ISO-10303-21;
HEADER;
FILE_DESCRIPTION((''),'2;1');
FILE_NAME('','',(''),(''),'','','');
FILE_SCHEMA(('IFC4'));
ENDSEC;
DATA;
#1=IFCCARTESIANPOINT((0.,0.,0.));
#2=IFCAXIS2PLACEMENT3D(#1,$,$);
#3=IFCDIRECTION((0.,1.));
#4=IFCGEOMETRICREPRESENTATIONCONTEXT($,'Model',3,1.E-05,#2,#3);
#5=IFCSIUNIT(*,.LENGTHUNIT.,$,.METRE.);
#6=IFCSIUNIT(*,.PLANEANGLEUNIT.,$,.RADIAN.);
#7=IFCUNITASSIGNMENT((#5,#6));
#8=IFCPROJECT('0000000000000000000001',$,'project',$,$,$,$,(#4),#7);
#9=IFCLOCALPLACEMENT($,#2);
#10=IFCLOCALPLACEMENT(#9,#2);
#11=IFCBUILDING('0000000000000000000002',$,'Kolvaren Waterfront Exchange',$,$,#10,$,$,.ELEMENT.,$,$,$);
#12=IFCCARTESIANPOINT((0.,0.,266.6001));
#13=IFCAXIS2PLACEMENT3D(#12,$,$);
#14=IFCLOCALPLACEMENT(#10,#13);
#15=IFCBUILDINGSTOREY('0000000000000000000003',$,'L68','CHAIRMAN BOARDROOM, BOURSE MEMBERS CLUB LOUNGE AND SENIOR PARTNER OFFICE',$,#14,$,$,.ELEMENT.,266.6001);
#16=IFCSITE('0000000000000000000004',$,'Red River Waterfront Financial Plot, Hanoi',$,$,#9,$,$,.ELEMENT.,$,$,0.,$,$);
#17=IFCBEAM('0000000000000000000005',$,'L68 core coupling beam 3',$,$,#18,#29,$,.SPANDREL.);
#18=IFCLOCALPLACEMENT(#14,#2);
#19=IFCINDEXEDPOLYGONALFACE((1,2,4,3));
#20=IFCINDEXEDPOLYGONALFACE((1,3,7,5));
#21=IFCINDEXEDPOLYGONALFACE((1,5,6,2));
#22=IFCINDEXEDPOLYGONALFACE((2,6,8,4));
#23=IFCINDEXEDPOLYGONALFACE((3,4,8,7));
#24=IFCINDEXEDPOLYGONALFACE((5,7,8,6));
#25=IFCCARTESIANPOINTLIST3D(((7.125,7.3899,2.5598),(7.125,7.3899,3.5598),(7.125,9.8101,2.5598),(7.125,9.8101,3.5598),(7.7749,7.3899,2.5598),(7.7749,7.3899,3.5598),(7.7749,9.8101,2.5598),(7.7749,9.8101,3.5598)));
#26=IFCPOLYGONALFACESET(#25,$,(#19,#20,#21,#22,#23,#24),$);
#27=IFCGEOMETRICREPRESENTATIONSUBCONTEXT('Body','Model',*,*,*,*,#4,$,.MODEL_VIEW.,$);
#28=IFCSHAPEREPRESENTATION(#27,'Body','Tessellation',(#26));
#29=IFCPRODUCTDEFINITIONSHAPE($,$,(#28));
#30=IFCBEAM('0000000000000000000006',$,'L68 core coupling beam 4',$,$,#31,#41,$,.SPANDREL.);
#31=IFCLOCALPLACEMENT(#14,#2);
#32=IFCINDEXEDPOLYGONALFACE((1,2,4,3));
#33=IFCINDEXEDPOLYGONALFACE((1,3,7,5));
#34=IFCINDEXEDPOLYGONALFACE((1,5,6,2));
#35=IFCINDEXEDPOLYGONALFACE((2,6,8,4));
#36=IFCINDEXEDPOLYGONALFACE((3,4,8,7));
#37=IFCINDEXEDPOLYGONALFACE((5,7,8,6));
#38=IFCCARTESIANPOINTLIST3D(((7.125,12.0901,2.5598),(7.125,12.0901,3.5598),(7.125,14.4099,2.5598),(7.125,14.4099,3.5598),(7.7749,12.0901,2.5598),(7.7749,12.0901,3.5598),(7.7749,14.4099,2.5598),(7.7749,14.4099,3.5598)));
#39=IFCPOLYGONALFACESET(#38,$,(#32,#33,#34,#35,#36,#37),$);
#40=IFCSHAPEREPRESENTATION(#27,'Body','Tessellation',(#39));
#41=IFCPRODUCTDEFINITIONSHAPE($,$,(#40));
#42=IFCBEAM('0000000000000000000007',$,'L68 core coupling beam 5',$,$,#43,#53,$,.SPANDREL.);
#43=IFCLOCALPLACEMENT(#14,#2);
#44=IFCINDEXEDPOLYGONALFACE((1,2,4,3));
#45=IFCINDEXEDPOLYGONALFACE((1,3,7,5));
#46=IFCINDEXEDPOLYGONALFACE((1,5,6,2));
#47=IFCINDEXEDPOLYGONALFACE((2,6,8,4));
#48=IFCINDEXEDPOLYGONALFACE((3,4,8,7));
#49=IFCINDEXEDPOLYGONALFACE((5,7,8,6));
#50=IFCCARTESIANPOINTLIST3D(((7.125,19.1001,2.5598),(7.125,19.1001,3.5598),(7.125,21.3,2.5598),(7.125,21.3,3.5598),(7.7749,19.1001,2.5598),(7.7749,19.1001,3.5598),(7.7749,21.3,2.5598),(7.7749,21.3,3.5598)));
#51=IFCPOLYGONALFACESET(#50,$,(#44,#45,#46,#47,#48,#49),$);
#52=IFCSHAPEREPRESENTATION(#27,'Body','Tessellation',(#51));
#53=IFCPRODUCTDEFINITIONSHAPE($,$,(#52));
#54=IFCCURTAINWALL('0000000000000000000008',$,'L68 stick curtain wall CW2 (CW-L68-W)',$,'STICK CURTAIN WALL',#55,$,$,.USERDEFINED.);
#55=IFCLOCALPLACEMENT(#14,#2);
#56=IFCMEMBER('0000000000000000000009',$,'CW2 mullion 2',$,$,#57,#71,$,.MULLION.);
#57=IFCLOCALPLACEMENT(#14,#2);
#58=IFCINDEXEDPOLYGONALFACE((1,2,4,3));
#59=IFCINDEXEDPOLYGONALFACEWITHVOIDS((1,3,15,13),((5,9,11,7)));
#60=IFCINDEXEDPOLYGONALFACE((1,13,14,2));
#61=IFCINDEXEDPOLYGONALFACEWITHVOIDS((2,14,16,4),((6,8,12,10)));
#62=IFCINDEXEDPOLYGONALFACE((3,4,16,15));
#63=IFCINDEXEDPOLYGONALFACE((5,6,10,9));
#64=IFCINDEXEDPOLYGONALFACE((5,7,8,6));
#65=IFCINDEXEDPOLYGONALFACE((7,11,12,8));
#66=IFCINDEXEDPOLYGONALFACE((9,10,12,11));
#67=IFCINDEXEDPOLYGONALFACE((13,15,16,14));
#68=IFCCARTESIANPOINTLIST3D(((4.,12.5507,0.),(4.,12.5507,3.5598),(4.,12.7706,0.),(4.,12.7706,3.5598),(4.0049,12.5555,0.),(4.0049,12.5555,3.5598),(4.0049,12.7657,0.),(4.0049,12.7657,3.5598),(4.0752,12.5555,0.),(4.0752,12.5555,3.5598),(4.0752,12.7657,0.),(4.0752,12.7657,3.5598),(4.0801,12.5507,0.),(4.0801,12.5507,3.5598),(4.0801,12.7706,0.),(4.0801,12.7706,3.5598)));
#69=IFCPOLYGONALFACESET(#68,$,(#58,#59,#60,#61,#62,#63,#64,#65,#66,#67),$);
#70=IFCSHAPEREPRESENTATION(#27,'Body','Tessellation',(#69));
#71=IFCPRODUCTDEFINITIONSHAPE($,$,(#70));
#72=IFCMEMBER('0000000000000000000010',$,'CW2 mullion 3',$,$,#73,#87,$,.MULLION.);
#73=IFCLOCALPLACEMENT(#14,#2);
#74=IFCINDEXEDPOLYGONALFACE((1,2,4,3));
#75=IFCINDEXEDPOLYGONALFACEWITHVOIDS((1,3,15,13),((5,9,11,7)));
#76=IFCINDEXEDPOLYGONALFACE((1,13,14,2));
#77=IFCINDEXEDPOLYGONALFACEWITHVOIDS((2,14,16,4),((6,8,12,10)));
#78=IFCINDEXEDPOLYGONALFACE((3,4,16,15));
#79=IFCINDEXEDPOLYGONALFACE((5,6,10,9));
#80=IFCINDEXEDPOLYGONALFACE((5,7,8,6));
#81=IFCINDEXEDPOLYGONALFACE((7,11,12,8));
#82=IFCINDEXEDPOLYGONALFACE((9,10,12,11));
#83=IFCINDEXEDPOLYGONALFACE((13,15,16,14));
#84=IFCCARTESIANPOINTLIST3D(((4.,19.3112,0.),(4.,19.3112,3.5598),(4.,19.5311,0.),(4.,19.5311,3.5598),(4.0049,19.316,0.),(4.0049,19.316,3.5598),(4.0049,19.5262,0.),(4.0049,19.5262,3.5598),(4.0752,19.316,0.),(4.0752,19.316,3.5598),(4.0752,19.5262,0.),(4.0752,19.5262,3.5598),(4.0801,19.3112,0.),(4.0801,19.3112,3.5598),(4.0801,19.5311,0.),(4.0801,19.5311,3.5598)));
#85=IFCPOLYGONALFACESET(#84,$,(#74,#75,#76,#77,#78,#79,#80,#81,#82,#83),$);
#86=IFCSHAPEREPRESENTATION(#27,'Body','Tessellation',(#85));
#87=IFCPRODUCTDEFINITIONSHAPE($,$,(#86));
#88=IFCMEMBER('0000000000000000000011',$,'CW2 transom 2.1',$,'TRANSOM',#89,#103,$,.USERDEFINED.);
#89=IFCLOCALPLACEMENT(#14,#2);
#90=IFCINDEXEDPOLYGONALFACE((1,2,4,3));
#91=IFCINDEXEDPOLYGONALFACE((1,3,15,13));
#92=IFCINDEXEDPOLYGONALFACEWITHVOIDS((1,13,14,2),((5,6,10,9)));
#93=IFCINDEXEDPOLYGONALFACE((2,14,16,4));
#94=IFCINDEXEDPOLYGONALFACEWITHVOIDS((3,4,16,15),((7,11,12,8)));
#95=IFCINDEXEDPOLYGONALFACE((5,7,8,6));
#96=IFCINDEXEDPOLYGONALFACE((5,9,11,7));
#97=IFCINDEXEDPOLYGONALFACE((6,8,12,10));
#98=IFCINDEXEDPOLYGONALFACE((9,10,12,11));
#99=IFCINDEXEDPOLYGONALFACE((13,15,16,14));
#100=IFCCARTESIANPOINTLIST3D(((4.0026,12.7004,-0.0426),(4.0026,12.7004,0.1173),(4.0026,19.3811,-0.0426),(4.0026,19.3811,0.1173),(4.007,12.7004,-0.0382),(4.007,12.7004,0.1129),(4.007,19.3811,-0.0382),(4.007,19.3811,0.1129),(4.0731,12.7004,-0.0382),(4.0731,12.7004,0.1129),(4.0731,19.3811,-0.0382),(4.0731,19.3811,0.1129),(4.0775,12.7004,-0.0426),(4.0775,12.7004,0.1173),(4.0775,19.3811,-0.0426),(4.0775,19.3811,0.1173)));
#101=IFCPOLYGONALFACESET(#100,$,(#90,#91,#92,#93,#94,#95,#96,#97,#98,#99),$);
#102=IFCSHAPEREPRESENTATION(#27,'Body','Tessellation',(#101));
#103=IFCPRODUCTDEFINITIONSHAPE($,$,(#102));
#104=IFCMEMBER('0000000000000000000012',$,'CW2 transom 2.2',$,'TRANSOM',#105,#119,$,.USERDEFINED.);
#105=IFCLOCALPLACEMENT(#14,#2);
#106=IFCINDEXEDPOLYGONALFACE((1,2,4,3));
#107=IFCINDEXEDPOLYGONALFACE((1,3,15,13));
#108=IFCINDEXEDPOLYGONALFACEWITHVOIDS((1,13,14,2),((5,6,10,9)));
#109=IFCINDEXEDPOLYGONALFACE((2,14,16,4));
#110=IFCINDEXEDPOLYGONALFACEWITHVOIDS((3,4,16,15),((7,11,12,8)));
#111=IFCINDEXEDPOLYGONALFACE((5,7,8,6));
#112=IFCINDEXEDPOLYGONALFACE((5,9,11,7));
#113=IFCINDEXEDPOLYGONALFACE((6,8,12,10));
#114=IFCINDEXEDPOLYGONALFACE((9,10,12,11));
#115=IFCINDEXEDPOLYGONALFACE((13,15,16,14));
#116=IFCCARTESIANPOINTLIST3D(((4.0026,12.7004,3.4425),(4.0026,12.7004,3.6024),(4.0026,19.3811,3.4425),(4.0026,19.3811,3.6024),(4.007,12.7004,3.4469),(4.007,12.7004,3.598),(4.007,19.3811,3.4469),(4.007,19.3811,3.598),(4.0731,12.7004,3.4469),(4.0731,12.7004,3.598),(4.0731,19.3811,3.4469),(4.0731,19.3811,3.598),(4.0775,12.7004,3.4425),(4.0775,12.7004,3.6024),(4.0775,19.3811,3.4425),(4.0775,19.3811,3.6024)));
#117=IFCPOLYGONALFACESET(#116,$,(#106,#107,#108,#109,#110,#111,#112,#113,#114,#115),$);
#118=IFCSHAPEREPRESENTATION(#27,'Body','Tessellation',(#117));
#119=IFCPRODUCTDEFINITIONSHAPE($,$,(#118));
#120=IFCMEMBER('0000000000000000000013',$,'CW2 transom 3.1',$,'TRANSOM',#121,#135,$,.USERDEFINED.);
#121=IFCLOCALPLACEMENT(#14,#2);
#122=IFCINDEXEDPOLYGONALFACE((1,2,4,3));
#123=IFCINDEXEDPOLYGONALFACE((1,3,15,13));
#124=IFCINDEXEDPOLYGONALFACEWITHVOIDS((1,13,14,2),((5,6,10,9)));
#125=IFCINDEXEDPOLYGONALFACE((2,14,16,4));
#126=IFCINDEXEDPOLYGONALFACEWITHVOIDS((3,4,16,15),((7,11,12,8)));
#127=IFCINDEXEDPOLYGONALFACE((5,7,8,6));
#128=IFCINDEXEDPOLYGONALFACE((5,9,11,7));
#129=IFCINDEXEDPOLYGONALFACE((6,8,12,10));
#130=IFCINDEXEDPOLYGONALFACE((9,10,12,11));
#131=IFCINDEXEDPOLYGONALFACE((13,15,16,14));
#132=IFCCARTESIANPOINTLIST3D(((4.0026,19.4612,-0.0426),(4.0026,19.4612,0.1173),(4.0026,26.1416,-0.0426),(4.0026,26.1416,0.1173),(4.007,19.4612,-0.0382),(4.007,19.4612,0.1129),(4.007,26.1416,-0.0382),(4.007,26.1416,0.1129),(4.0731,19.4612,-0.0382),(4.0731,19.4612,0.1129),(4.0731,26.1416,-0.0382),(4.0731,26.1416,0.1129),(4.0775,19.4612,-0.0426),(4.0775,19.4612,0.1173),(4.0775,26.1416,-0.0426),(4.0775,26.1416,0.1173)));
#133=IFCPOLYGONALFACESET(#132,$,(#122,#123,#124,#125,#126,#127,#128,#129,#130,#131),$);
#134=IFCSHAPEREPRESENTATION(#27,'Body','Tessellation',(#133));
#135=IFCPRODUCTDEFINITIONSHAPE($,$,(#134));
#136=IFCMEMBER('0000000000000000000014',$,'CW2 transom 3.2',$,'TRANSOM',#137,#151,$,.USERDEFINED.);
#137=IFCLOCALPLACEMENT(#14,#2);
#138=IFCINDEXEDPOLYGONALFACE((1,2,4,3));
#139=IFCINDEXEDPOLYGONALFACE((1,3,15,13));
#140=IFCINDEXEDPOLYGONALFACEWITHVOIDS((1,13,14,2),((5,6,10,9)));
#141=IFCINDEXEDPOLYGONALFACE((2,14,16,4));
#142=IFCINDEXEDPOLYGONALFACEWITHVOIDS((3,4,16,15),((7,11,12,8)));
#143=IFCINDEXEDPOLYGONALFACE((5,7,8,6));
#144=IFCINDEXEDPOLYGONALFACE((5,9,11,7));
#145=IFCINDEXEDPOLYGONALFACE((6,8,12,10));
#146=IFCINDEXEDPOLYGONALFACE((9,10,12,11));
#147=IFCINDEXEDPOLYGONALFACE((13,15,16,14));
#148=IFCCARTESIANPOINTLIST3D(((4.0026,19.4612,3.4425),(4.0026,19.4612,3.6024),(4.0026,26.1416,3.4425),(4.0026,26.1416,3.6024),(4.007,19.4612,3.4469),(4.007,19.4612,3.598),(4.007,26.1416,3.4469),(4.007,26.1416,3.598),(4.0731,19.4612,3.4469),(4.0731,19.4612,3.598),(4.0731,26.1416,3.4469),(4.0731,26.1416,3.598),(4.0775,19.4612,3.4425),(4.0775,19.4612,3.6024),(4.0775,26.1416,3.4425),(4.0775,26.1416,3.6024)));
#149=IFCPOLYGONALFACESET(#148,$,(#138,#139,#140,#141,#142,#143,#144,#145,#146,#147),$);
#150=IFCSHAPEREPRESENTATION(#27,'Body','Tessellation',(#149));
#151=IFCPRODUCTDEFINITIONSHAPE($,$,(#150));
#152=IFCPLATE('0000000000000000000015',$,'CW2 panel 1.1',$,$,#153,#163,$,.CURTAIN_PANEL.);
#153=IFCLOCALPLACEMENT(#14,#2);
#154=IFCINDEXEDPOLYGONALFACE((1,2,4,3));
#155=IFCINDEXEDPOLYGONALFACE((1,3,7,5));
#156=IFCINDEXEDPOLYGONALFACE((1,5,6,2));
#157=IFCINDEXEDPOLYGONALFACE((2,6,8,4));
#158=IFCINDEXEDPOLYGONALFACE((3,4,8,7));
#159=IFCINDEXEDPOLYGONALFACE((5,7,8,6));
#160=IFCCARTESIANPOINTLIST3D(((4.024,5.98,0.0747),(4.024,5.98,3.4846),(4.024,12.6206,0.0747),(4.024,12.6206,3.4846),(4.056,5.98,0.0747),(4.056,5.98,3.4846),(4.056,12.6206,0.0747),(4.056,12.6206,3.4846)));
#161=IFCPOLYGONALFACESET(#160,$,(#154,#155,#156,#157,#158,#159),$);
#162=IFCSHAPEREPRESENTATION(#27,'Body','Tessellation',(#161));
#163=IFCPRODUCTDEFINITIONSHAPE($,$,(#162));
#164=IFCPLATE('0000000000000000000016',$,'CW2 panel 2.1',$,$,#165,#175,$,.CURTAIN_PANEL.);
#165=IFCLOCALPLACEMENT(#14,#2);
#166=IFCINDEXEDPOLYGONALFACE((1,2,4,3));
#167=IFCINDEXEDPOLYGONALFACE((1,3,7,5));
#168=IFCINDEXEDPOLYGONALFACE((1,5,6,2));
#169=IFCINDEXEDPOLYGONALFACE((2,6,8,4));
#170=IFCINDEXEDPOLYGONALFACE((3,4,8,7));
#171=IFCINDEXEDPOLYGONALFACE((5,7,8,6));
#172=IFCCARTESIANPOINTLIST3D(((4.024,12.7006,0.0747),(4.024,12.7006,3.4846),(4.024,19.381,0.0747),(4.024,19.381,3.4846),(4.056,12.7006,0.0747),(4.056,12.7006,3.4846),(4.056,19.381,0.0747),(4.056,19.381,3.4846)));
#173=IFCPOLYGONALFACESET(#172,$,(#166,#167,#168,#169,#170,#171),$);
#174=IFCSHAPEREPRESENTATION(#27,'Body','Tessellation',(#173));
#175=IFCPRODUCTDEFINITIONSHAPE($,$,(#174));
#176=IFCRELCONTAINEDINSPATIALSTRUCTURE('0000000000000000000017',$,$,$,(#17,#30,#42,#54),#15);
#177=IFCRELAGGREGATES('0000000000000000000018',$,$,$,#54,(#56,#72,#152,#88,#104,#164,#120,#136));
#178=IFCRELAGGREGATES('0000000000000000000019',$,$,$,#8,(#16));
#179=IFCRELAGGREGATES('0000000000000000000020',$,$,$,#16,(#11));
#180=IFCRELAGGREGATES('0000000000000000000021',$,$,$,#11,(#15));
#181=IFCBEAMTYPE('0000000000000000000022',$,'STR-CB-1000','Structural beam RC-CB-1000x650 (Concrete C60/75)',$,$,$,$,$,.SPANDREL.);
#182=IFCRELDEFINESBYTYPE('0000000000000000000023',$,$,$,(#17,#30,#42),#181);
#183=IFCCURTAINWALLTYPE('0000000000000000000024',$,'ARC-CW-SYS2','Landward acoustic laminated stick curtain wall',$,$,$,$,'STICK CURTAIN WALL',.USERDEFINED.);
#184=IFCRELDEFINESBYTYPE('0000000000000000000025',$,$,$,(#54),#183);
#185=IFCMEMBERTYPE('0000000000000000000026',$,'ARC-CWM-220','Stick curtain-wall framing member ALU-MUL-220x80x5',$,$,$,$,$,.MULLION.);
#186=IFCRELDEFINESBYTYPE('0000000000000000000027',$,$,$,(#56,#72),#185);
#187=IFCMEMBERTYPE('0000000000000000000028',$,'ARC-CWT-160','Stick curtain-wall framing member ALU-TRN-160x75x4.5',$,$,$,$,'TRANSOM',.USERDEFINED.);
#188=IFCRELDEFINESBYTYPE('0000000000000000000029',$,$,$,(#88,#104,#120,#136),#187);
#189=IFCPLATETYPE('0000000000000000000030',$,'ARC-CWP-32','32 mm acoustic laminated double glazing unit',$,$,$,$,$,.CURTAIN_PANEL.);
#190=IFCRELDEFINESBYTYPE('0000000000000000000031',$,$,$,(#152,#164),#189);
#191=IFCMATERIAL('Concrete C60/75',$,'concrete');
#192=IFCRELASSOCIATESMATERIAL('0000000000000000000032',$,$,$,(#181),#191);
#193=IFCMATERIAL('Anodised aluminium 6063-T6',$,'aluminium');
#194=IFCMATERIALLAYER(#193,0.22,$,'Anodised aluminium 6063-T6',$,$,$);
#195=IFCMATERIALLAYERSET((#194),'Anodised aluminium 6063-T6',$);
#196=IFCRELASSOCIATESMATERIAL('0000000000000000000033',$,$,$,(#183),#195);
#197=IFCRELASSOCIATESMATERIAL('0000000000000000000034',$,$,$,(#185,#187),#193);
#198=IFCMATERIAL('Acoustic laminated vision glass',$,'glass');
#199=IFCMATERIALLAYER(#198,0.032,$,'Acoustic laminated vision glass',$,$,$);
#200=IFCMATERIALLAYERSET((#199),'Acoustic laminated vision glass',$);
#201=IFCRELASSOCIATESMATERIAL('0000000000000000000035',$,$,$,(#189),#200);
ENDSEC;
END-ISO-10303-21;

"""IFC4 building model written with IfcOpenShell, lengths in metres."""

from ifc_helpers import new_model, si_unit, direction, frame, origin, origin_with_axes, origin_2d, place, context, subcontext, project, spatial, rectangle, hollow_rectangle, extrude, source, transform, mapped, material, layer, layer_set, material_profile, profile_set, type_object, element, aggregate, save


model = new_model("IFC4")

# Units and contexts
model_context = context("Model", 3, precision=1e-05, world=origin(), true_north=direction((0.0, 1.0)))
body_context = subcontext(model_context, "Body", "Model", "MODEL_VIEW")
ifc_project = project(units=[si_unit("LENGTHUNIT", "METRE"), si_unit("PLANEANGLEUNIT", "RADIAN")], contexts=[model_context])

# Site, building, storey
site_placement = place(None, origin())
site = spatial("IfcSite", under=ifc_project, at=site_placement, Name="Red River Waterfront Financial Plot, Hanoi", CompositionType="ELEMENT", RefElevation=0.0)
building_placement = place(site_placement, origin())
building = spatial("IfcBuilding", under=site, at=building_placement, Name="Kolvaren Waterfront Exchange", CompositionType="ELEMENT")
storey_placement = place(building_placement, frame((0.0, 0.0, 266.6001)))
storey = spatial("IfcBuildingStorey", under=building, at=storey_placement, Name="L68", Description="CHAIRMAN BOARDROOM, BOURSE MEMBERS CLUB LOUNGE AND SENIOR PARTNER OFFICE", CompositionType="ELEMENT", Elevation=266.6001)

# Beams
ifc_material_1 = material(Name="Concrete C60/75", Category="concrete")
ifc_material_profile_1 = material_profile(ifc_material_1, rectangle(XDim=0.6499, YDim=1.0, at=origin_2d()), Name="RC-CB-1000x650")
ifc_profile_set_1 = profile_set([ifc_material_profile_1], Name="Concrete C60/75")
beam_type = type_object("IfcBeamType", Name="STR-CB-1000", Description="Structural beam RC-CB-1000x650 (Concrete C60/75)", PredefinedType="SPANDREL", material=ifc_profile_set_1)
beam_1_placement = place(storey_placement, frame((7.45, 7.3899, 3.0598), z_axis=(0.0, 1.0, 0.0), x_axis=(-1.0, 0.0, 0.0)))
element("IfcBeam", 1, at=beam_1_placement, inside=storey, type_object=beam_type, Name="L68 core coupling beam 3", PredefinedType="SPANDREL", context=body_context, shape_type="SweptSolid", body=[
    extrude(rectangle(XDim=0.6499, YDim=1.0, at=origin_2d()), origin(), (0.0, 0.0, 1.0), 2.4202),
])
beam_2_placement = place(storey_placement, frame((7.45, 12.0901, 3.0598), z_axis=(0.0, 1.0, 0.0), x_axis=(-1.0, 0.0, 0.0)))
element("IfcBeam", 2, at=beam_2_placement, inside=storey, type_object=beam_type, Name="L68 core coupling beam 4", PredefinedType="SPANDREL", context=body_context, shape_type="SweptSolid", body=[
    extrude(rectangle(XDim=0.6499, YDim=1.0, at=origin_2d()), origin(), (0.0, 0.0, 1.0), 2.3198),
])
beam_3_placement = place(storey_placement, frame((7.45, 19.1001, 3.0598), z_axis=(0.0, 1.0, 0.0), x_axis=(-1.0, 0.0, 0.0)))
element("IfcBeam", 3, at=beam_3_placement, inside=storey, type_object=beam_type, Name="L68 core coupling beam 5", PredefinedType="SPANDREL", context=body_context, shape_type="SweptSolid", body=[
    extrude(rectangle(XDim=0.6499, YDim=1.0, at=origin_2d()), origin(), (0.0, 0.0, 1.0), 2.2),
])

# Curtain wall, members, plates
ifc_material_2 = material(Name="Anodised aluminium 6063-T6", Category="aluminium")
ifc_layer_1 = layer(ifc_material_2, 0.22, Name="Anodised aluminium 6063-T6")
ifc_layer_set_1 = layer_set([ifc_layer_1], Name="Anodised aluminium 6063-T6")
curtain_wall_type = type_object("IfcCurtainWallType", Name="ARC-CW-SYS2", Description="Landward acoustic laminated stick curtain wall", ElementType="STICK CURTAIN WALL", PredefinedType="USERDEFINED", material=ifc_layer_set_1)
curtain_wall_placement = place(storey_placement, origin())
curtain_wall = element("IfcCurtainWall", 4, at=curtain_wall_placement, inside=storey, type_object=curtain_wall_type, Name="L68 stick curtain wall CW2 (CW-L68-W)", ObjectType="STICK CURTAIN WALL", PredefinedType="USERDEFINED")
ifc_material_profile_2 = material_profile(ifc_material_2, hollow_rectangle(XDim=0.0801, YDim=0.22, WallThickness=0.0049, at=origin_2d()), Name="ALU-MUL-220x80x5")
ifc_profile_set_2 = profile_set([ifc_material_profile_2], Name="Anodised aluminium 6063-T6")
member_type_1 = type_object("IfcMemberType", Name="ARC-CWM-220", Description="Stick curtain-wall framing member ALU-MUL-220x80x5", PredefinedType="MULLION", material=ifc_profile_set_2)
shared_shape_1 = source(origin_with_axes(), body_context, "Body", "SweptSolid", [
    extrude(hollow_rectangle(XDim=0.0801, YDim=0.22, WallThickness=0.0049, at=origin_2d()), origin(), (0.0, 0.0, 1.0), 3.5598),
])
member_1_placement = place(storey_placement, frame((4.04, 12.6606, 0.0), z_axis=(0.0, 0.0, 1.0), x_axis=(-1.0, 0.0, 0.0)))
member_1 = element("IfcMember", 5, at=member_1_placement, type_object=member_type_1, Name="CW2 mullion 2", PredefinedType="MULLION", context=body_context, shape_type="MappedRepresentation", body=[
    mapped(shared_shape_1, transform((0.0, 0.0, 0.0), x_axis=(1.0, 0.0, 0.0), y_axis=(0.0, 1.0, 0.0), z_axis=(0.0, 0.0, 1.0), scale=1.0)),
])
member_2_placement = place(storey_placement, frame((4.04, 19.4211, 0.0), z_axis=(0.0, 0.0, 1.0), x_axis=(-1.0, 0.0, 0.0)))
member_2 = element("IfcMember", 6, at=member_2_placement, type_object=member_type_1, Name="CW2 mullion 3", PredefinedType="MULLION", context=body_context, shape_type="MappedRepresentation", body=[
    mapped(shared_shape_1, transform((0.0, 0.0, 0.0), x_axis=(1.0, 0.0, 0.0), y_axis=(0.0, 1.0, 0.0), z_axis=(0.0, 0.0, 1.0), scale=1.0)),
])
ifc_material_profile_3 = material_profile(ifc_material_2, hollow_rectangle(XDim=0.075, YDim=0.1599, WallThickness=0.0044, at=origin_2d()), Name="ALU-TRN-160x75x4.5")
ifc_profile_set_3 = profile_set([ifc_material_profile_3], Name="Anodised aluminium 6063-T6")
member_type_2 = type_object("IfcMemberType", Name="ARC-CWT-160", Description="Stick curtain-wall framing member ALU-TRN-160x75x4.5", ElementType="TRANSOM", PredefinedType="USERDEFINED", material=ifc_profile_set_3)
shared_shape_2 = source(origin_with_axes(), body_context, "Body", "SweptSolid", [
    extrude(hollow_rectangle(XDim=0.075, YDim=0.1599, WallThickness=0.0044, at=origin_2d()), origin(), (0.0, 0.0, 1.0), 6.6807),
])
member_3_placement = place(storey_placement, frame((4.04, 12.7004, 0.0374), z_axis=(0.0, 1.0, 0.0), x_axis=(-1.0, 0.0, 0.0)))
member_3 = element("IfcMember", 7, at=member_3_placement, type_object=member_type_2, Name="CW2 transom 2.1", ObjectType="TRANSOM", PredefinedType="USERDEFINED", context=body_context, shape_type="MappedRepresentation", body=[
    mapped(shared_shape_2, transform((0.0, 0.0, 0.0), x_axis=(1.0, 0.0, 0.0), y_axis=(0.0, 1.0, 0.0), z_axis=(0.0, 0.0, 1.0), scale=1.0)),
])
member_4_placement = place(storey_placement, frame((4.04, 12.7004, 3.5225), z_axis=(0.0, 1.0, 0.0), x_axis=(-1.0, 0.0, 0.0)))
member_4 = element("IfcMember", 8, at=member_4_placement, type_object=member_type_2, Name="CW2 transom 2.2", ObjectType="TRANSOM", PredefinedType="USERDEFINED", context=body_context, shape_type="MappedRepresentation", body=[
    mapped(shared_shape_2, transform((0.0, 0.0, 0.0), x_axis=(1.0, 0.0, 0.0), y_axis=(0.0, 1.0, 0.0), z_axis=(0.0, 0.0, 1.0), scale=1.0)),
])
shared_shape_3 = source(origin_with_axes(), body_context, "Body", "SweptSolid", [
    extrude(hollow_rectangle(XDim=0.075, YDim=0.1599, WallThickness=0.0044, at=origin_2d()), origin(), (0.0, 0.0, 1.0), 6.6804),
])
member_5_placement = place(storey_placement, frame((4.04, 19.4612, 0.0374), z_axis=(0.0, 1.0, 0.0), x_axis=(-1.0, 0.0, 0.0)))
member_5 = element("IfcMember", 9, at=member_5_placement, type_object=member_type_2, Name="CW2 transom 3.1", ObjectType="TRANSOM", PredefinedType="USERDEFINED", context=body_context, shape_type="MappedRepresentation", body=[
    mapped(shared_shape_3, transform((0.0, 0.0, 0.0), x_axis=(1.0, 0.0, 0.0), y_axis=(0.0, 1.0, 0.0), z_axis=(0.0, 0.0, 1.0), scale=1.0)),
])
member_6_placement = place(storey_placement, frame((4.04, 19.4612, 3.5225), z_axis=(0.0, 1.0, 0.0), x_axis=(-1.0, 0.0, 0.0)))
member_6 = element("IfcMember", 10, at=member_6_placement, type_object=member_type_2, Name="CW2 transom 3.2", ObjectType="TRANSOM", PredefinedType="USERDEFINED", context=body_context, shape_type="MappedRepresentation", body=[
    mapped(shared_shape_3, transform((0.0, 0.0, 0.0), x_axis=(1.0, 0.0, 0.0), y_axis=(0.0, 1.0, 0.0), z_axis=(0.0, 0.0, 1.0), scale=1.0)),
])
ifc_material_3 = material(Name="Acoustic laminated vision glass", Category="glass")
ifc_layer_2 = layer(ifc_material_3, 0.032, Name="Acoustic laminated vision glass")
ifc_layer_set_2 = layer_set([ifc_layer_2], Name="Acoustic laminated vision glass")
plate_type = type_object("IfcPlateType", Name="ARC-CWP-32", Description="32 mm acoustic laminated double glazing unit", PredefinedType="CURTAIN_PANEL", material=ifc_layer_set_2)
shared_shape_4 = source(origin_with_axes(), body_context, "Body", "SweptSolid", [
    extrude(rectangle(XDim=6.6406, YDim=0.032, at=origin_2d()), origin(), (0.0, 0.0, 1.0), 3.4099),
])
plate_1_placement = place(storey_placement, frame((4.04, 9.3003, 0.0747), z_axis=(0.0, 0.0, 1.0), x_axis=(0.0, 1.0, 0.0)))
plate_1 = element("IfcPlate", 11, at=plate_1_placement, type_object=plate_type, Name="CW2 panel 1.1", PredefinedType="CURTAIN_PANEL", context=body_context, shape_type="MappedRepresentation", body=[
    mapped(shared_shape_4, transform((0.0, 0.0, 0.0), x_axis=(1.0, 0.0, 0.0), y_axis=(0.0, 1.0, 0.0), z_axis=(0.0, 0.0, 1.0), scale=1.0)),
])
shared_shape_5 = source(origin_with_axes(), body_context, "Body", "SweptSolid", [
    extrude(rectangle(XDim=6.6804, YDim=0.032, at=origin_2d()), origin(), (0.0, 0.0, 1.0), 3.4099),
])
plate_2_placement = place(storey_placement, frame((4.04, 16.0408, 0.0747), z_axis=(0.0, 0.0, 1.0), x_axis=(0.0, 1.0, 0.0)))
plate_2 = element("IfcPlate", 12, at=plate_2_placement, type_object=plate_type, Name="CW2 panel 2.1", PredefinedType="CURTAIN_PANEL", context=body_context, shape_type="MappedRepresentation", body=[
    mapped(shared_shape_5, transform((0.0, 0.0, 0.0), x_axis=(1.0, 0.0, 0.0), y_axis=(0.0, 1.0, 0.0), z_axis=(0.0, 0.0, 1.0), scale=1.0)),
])
aggregate(curtain_wall, [member_1, member_2, plate_1, member_3, member_4, plate_2, member_5, member_6])

save(model, "model.ifc")
